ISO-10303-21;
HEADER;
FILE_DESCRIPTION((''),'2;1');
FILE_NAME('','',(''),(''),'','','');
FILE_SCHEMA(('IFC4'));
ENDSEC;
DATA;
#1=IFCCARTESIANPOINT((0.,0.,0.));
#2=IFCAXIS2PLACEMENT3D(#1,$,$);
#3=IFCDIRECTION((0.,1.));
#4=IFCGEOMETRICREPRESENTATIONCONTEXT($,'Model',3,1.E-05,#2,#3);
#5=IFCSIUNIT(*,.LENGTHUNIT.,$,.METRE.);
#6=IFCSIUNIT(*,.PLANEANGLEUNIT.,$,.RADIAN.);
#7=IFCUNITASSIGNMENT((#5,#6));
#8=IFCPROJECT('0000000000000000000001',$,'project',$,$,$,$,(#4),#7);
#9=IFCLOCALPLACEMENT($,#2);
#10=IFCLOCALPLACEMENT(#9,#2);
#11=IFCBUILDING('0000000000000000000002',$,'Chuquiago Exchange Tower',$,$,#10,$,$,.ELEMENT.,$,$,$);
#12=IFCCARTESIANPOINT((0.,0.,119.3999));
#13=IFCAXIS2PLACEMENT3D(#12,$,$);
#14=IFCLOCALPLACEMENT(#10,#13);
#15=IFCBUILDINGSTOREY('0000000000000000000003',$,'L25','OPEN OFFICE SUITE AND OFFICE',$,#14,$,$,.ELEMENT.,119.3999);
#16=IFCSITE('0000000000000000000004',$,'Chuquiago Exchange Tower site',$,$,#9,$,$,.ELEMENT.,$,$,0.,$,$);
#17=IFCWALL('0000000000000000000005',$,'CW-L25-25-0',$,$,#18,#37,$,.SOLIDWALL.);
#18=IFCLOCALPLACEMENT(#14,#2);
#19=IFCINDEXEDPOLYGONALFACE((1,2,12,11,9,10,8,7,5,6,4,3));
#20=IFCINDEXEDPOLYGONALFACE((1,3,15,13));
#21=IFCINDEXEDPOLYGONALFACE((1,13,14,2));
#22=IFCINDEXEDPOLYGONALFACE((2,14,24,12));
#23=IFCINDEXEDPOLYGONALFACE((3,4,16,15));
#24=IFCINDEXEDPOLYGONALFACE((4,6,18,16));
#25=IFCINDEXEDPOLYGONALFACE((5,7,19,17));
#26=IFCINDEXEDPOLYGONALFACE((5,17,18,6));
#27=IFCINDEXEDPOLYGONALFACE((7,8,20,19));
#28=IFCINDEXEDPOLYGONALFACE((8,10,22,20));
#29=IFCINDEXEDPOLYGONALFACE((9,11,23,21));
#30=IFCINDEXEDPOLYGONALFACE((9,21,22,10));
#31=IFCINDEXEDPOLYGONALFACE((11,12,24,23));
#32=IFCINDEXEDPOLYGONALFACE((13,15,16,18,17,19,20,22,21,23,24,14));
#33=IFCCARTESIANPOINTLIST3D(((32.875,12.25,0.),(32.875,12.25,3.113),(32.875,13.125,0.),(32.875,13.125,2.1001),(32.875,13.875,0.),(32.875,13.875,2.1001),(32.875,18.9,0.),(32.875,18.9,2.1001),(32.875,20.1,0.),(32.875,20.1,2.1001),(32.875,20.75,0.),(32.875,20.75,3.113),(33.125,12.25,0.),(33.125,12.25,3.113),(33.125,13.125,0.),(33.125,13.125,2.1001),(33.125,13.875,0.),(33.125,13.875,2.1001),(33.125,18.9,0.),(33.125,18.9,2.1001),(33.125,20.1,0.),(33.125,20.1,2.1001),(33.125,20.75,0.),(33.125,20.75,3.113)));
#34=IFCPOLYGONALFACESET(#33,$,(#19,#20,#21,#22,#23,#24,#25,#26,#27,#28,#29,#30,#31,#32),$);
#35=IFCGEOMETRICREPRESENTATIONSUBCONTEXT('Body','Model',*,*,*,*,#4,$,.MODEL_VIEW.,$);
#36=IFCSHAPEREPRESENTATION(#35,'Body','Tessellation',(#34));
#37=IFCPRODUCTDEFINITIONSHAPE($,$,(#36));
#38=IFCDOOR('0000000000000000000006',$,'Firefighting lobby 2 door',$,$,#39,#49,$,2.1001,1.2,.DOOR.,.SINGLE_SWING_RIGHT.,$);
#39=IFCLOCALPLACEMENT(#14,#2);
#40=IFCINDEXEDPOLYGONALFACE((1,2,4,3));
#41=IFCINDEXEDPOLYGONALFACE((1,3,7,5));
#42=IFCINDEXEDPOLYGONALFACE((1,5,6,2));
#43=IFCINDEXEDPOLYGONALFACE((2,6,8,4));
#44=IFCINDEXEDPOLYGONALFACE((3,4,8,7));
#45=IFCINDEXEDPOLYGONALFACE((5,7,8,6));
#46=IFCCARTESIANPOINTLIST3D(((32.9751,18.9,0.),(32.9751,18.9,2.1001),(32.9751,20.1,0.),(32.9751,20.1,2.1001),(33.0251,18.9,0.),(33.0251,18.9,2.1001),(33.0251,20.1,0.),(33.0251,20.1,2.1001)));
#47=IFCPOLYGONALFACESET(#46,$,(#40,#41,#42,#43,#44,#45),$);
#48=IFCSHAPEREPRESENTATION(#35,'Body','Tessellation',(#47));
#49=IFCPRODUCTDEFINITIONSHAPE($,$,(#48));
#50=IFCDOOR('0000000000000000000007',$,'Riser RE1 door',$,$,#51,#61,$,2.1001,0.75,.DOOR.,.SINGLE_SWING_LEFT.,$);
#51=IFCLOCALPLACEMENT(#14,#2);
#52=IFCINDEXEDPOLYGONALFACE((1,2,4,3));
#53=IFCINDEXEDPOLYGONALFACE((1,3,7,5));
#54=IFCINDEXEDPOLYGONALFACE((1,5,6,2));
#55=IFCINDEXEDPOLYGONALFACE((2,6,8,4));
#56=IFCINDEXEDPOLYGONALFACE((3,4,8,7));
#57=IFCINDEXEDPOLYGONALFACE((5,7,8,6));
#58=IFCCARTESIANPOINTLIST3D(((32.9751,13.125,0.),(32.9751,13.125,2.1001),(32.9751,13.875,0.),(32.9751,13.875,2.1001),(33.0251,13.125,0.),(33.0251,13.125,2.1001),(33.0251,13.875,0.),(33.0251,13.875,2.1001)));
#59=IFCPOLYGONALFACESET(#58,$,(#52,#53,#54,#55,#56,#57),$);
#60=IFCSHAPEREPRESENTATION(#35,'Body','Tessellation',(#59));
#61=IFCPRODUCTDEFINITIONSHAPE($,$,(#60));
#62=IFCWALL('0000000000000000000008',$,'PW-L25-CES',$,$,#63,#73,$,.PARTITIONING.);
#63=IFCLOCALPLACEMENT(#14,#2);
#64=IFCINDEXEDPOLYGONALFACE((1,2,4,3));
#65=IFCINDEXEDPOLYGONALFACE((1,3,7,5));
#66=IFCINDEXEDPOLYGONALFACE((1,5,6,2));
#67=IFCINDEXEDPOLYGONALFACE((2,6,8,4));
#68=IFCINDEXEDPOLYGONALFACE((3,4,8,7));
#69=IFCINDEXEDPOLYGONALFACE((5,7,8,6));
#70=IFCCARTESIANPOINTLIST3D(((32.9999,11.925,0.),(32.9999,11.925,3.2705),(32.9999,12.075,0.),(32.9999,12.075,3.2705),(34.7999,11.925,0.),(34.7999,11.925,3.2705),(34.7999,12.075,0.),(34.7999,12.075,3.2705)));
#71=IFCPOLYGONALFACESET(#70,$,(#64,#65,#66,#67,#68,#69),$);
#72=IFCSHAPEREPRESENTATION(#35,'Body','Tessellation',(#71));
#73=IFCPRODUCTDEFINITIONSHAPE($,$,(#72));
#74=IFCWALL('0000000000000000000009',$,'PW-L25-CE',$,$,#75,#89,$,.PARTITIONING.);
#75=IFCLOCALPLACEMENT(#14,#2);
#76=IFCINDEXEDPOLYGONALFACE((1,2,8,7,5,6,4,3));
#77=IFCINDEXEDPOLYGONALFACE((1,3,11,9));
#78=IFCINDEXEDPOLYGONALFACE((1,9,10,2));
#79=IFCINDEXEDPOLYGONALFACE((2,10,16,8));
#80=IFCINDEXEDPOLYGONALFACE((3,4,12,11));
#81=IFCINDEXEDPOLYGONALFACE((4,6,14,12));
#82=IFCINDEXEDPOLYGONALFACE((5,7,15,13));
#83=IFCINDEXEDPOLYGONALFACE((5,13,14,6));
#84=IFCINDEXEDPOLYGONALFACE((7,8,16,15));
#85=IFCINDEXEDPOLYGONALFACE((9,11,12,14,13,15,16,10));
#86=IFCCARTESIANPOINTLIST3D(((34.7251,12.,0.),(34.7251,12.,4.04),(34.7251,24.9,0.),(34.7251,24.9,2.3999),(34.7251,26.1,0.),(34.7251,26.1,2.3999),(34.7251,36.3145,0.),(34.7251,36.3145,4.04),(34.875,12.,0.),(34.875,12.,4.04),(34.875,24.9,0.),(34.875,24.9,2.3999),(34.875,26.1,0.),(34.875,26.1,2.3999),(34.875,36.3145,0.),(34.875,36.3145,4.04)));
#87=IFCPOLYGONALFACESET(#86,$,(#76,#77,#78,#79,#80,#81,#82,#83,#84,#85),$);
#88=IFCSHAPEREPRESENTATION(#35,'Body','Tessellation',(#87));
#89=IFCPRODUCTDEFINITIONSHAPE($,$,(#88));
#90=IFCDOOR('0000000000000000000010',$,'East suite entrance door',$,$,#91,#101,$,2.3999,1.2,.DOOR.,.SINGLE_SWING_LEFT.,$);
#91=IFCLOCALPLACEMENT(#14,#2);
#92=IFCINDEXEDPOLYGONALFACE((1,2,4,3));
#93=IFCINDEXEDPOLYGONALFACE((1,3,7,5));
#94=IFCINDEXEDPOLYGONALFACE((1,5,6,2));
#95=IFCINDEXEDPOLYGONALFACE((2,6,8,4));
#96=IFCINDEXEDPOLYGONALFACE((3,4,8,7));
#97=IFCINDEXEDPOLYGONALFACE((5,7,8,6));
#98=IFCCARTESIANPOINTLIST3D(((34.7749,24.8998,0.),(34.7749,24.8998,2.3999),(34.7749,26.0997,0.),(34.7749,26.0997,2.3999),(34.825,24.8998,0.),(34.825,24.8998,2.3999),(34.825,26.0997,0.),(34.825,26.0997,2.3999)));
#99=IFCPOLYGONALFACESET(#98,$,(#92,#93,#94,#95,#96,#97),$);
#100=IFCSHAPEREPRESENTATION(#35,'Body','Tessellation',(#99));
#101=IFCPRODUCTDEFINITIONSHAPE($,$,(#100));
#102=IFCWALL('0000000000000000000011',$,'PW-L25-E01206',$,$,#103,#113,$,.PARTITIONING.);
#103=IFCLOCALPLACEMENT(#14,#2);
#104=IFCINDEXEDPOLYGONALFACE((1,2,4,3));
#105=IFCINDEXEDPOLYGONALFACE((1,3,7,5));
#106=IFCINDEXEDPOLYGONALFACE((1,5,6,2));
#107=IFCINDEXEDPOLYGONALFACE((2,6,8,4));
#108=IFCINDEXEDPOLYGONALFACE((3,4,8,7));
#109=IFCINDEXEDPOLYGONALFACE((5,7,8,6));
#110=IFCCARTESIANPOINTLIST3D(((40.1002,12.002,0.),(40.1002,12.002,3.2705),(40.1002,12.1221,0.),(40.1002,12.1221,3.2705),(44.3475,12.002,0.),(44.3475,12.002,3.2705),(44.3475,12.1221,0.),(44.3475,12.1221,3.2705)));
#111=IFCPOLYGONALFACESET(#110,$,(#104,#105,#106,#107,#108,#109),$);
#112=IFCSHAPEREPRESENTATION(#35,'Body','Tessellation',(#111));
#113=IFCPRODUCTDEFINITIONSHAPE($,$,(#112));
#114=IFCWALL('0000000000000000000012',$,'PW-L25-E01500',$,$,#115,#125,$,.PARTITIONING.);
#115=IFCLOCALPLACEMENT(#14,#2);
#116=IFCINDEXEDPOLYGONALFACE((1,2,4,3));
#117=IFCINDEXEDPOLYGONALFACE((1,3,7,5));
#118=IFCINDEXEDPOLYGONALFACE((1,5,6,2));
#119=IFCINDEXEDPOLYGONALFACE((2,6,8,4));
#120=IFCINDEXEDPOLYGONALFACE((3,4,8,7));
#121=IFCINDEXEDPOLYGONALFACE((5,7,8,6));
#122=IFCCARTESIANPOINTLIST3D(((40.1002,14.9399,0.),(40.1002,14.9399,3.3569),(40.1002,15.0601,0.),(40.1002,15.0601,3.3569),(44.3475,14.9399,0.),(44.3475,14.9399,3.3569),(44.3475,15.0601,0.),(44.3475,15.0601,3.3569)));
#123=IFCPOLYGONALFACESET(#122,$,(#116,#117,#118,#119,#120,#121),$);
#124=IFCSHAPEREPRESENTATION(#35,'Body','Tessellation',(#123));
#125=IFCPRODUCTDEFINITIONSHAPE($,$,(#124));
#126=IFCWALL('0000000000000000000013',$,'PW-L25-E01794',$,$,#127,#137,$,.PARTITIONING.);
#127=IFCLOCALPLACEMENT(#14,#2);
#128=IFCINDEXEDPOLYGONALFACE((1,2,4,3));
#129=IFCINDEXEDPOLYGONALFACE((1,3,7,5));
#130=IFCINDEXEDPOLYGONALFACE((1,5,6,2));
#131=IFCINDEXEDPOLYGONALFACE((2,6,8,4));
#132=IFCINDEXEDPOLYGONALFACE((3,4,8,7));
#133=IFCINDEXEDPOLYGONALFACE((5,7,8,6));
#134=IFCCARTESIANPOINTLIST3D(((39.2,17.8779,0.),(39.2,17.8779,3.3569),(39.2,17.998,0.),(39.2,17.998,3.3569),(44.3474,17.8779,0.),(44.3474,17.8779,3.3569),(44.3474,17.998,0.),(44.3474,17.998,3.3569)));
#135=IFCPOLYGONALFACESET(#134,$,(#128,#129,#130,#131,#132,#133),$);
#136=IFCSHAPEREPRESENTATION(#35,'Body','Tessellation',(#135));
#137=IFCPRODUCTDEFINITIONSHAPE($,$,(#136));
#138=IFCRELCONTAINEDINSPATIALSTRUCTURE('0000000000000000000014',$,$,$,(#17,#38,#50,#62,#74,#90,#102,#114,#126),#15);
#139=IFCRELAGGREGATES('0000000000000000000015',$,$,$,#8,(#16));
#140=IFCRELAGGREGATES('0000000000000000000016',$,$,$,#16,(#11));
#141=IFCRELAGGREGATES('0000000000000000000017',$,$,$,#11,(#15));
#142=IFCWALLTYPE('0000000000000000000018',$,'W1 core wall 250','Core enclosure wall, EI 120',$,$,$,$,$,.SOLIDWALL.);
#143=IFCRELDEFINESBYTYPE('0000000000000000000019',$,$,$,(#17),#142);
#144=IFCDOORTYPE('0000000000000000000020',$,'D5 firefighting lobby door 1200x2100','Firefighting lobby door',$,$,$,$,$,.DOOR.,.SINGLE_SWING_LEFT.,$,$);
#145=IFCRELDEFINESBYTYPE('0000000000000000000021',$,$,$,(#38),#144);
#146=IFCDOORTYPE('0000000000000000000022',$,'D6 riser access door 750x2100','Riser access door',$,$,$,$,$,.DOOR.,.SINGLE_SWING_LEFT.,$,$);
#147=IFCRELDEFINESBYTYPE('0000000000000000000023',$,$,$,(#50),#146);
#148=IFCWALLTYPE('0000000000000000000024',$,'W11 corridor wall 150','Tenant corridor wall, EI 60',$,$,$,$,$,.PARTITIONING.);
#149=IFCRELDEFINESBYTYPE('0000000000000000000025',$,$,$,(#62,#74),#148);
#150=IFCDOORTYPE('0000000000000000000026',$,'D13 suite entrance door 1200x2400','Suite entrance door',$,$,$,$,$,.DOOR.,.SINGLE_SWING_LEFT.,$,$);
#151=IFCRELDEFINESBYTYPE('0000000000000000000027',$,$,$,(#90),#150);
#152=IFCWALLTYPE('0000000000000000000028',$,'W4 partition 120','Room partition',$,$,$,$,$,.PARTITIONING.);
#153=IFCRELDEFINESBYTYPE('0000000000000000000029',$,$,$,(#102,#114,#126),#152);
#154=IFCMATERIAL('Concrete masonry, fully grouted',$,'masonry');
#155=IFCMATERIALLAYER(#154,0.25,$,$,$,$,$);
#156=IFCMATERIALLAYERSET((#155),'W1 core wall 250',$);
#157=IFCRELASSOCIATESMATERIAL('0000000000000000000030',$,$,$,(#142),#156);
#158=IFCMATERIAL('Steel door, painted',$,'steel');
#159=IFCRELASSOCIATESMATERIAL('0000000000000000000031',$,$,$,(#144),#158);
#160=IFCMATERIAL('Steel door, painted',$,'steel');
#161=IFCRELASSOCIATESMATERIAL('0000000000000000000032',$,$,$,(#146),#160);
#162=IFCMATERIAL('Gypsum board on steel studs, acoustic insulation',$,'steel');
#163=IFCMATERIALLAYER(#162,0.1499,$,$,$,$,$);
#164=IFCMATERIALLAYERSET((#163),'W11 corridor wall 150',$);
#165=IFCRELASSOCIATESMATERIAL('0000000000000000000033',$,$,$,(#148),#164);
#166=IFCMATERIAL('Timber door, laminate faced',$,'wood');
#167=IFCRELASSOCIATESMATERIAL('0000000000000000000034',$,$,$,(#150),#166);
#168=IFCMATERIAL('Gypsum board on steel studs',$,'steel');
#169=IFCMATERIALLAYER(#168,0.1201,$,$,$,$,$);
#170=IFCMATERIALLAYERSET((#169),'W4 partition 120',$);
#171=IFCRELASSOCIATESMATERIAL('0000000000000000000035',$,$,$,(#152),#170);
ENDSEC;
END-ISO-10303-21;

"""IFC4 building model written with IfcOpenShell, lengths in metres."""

from ifc_helpers import new_model, si_unit, direction, frame, frame_2d, origin, place, context, subcontext, project, spatial, rectangle, extrude, material, layer, layer_set, type_object, element, fill, save


model = new_model("IFC4")

# Units and contexts
model_context = context("Model", 3, precision=1e-05, world=origin(), true_north=direction((0.0, 1.0)))
body_context = subcontext(model_context, "Body", "Model", "MODEL_VIEW")
ifc_project = project(units=[si_unit("LENGTHUNIT", "METRE"), si_unit("PLANEANGLEUNIT", "RADIAN")], contexts=[model_context])

# Site, building, storey
site_placement = place(None, origin())
site = spatial("IfcSite", under=ifc_project, at=site_placement, Name="Chuquiago Exchange Tower site", CompositionType="ELEMENT", RefElevation=0.0)
building_placement = place(site_placement, origin())
building = spatial("IfcBuilding", under=site, at=building_placement, Name="Chuquiago Exchange Tower", CompositionType="ELEMENT")
storey_placement = place(building_placement, frame((0.0, 0.0, 119.3999)))
storey = spatial("IfcBuildingStorey", under=building, at=storey_placement, Name="L25", Description="OPEN OFFICE SUITE AND OFFICE", CompositionType="ELEMENT", Elevation=119.3999)

# Wall, openings, doors
ifc_material_1 = material(Name="Concrete masonry, fully grouted", Category="masonry")
ifc_layer_1 = layer(ifc_material_1, 0.25)
ifc_layer_set_1 = layer_set([ifc_layer_1], Name="W1 core wall 250")
wall_type_1 = type_object("IfcWallType", Name="W1 core wall 250", Description="Core enclosure wall, EI 120", PredefinedType="SOLIDWALL", material=ifc_layer_set_1)
wall_1_placement = place(storey_placement, frame((33.0, 12.25, 0.0), z_axis=(0.0, 0.0, 1.0), x_axis=(0.0, 1.0, 0.0)))
wall_1 = element("IfcWall", 1, at=wall_1_placement, inside=storey, type_object=wall_type_1, Name="CW-L25-25-0", PredefinedType="SOLIDWALL", context=body_context, shape_type="SweptSolid", body=[
    extrude(rectangle(XDim=8.5, YDim=0.25, at=frame_2d((4.25, 0.0))), origin(), (0.0, 0.0, 1.0), 3.113),
])
opening_1_placement = place(wall_1_placement, frame((6.6499, 0.0, 0.0)))
opening_1 = element("IfcOpeningElement", 2, at=opening_1_placement, cuts=wall_1, PredefinedType="OPENING", context=body_context, shape_type="SweptSolid", body=[
    extrude(rectangle(XDim=1.2, YDim=2.1001, at=frame_2d((0.6001, 1.05))), frame((0.0, 0.135, 0.0), z_axis=(0.0, -1.0, 0.0), x_axis=(1.0, 0.0, 0.0)), (0.0, 0.0, 1.0), 0.27),
])
opening_2_placement = place(wall_1_placement, frame((0.875, 0.0, 0.0)))
opening_2 = element("IfcOpeningElement", 3, at=opening_2_placement, cuts=wall_1, PredefinedType="OPENING", context=body_context, shape_type="SweptSolid", body=[
    extrude(rectangle(XDim=0.75, YDim=2.1001, at=frame_2d((0.375, 1.05))), frame((0.0, 0.135, 0.0), z_axis=(0.0, -1.0, 0.0), x_axis=(1.0, 0.0, 0.0)), (0.0, 0.0, 1.0), 0.27),
])
ifc_material_2 = material(Name="Steel door, painted", Category="steel")
door_type_1 = type_object("IfcDoorType", Name="D5 firefighting lobby door 1200x2100", Description="Firefighting lobby door", OperationType="SINGLE_SWING_LEFT", PredefinedType="DOOR", material=ifc_material_2)
door_1_placement = place(opening_1_placement, origin())
door_1 = element("IfcDoor", 4, at=door_1_placement, inside=storey, type_object=door_type_1, Name="Firefighting lobby 2 door", OperationType="SINGLE_SWING_RIGHT", OverallHeight=2.1001, OverallWidth=1.2, PredefinedType="DOOR", context=body_context, shape_type="SweptSolid", body=[
    extrude(rectangle(XDim=1.2, YDim=2.1001, at=frame_2d((0.6001, 1.05))), frame((0.0, 0.0249, 0.0), z_axis=(0.0, -1.0, 0.0), x_axis=(1.0, 0.0, 0.0)), (0.0, 0.0, 1.0), 0.05),
])
fill(opening_1, door_1)
ifc_material_3 = material(Name="Steel door, painted", Category="steel")
door_type_2 = type_object("IfcDoorType", Name="D6 riser access door 750x2100", Description="Riser access door", OperationType="SINGLE_SWING_LEFT", PredefinedType="DOOR", material=ifc_material_3)
door_2_placement = place(opening_2_placement, origin())
door_2 = element("IfcDoor", 5, at=door_2_placement, inside=storey, type_object=door_type_2, Name="Riser RE1 door", OperationType="SINGLE_SWING_LEFT", OverallHeight=2.1001, OverallWidth=0.75, PredefinedType="DOOR", context=body_context, shape_type="SweptSolid", body=[
    extrude(rectangle(XDim=0.75, YDim=2.1001, at=frame_2d((0.375, 1.05))), frame((0.0, 0.0249, 0.0), z_axis=(0.0, -1.0, 0.0), x_axis=(1.0, 0.0, 0.0)), (0.0, 0.0, 1.0), 0.05),
])
fill(opening_2, door_2)

# Wall
ifc_material_4 = material(Name="Gypsum board on steel studs, acoustic insulation", Category="steel")
ifc_layer_2 = layer(ifc_material_4, 0.1499)
ifc_layer_set_2 = layer_set([ifc_layer_2], Name="W11 corridor wall 150")
wall_type_2 = type_object("IfcWallType", Name="W11 corridor wall 150", Description="Tenant corridor wall, EI 60", PredefinedType="PARTITIONING", material=ifc_layer_set_2)
wall_2_placement = place(storey_placement, frame((33.0, 12.0, 0.0), z_axis=(0.0, 0.0, 1.0), x_axis=(1.0, 0.0, 0.0)))
element("IfcWall", 6, at=wall_2_placement, inside=storey, type_object=wall_type_2, Name="PW-L25-CES", PredefinedType="PARTITIONING", context=body_context, shape_type="SweptSolid", body=[
    extrude(rectangle(XDim=1.8, YDim=0.1499, at=frame_2d((0.8999, 0.0))), origin(), (0.0, 0.0, 1.0), 3.2705),
])

# Wall, opening, door
wall_3_placement = place(storey_placement, frame((34.8, 12.0, 0.0), z_axis=(0.0, 0.0, 1.0), x_axis=(0.0, 1.0, 0.0)))
wall_3 = element("IfcWall", 7, at=wall_3_placement, inside=storey, type_object=wall_type_2, Name="PW-L25-CE", PredefinedType="PARTITIONING", context=body_context, shape_type="SweptSolid", body=[
    extrude(rectangle(XDim=24.3145, YDim=0.1499, at=frame_2d((12.1572, 0.0))), origin(), (0.0, 0.0, 1.0), 4.04),
])
opening_3_placement = place(wall_3_placement, frame((12.8999, 0.0, 0.0)))
opening_3 = element("IfcOpeningElement", 8, at=opening_3_placement, cuts=wall_3, PredefinedType="OPENING", context=body_context, shape_type="SweptSolid", body=[
    extrude(rectangle(XDim=1.2, YDim=2.3999, at=frame_2d((0.6001, 1.2))), frame((0.0, 0.085, 0.0), z_axis=(0.0, -1.0, 0.0), x_axis=(1.0, 0.0, 0.0)), (0.0, 0.0, 1.0), 0.1699),
])
ifc_material_5 = material(Name="Timber door, laminate faced", Category="wood")
door_type_3 = type_object("IfcDoorType", Name="D13 suite entrance door 1200x2400", Description="Suite entrance door", OperationType="SINGLE_SWING_LEFT", PredefinedType="DOOR", material=ifc_material_5)
door_3_placement = place(opening_3_placement, frame((1.2, 0.0, 0.0), z_axis=(0.0, 0.0, 1.0), x_axis=(-1.0, 0.0, 0.0)))
door_3 = element("IfcDoor", 9, at=door_3_placement, inside=storey, type_object=door_type_3, Name="East suite entrance door", OperationType="SINGLE_SWING_LEFT", OverallHeight=2.3999, OverallWidth=1.2, PredefinedType="DOOR", context=body_context, shape_type="SweptSolid", body=[
    extrude(rectangle(XDim=1.2, YDim=2.3999, at=frame_2d((0.6001, 1.2))), frame((0.0, 0.0249, 0.0), z_axis=(0.0, -1.0, 0.0), x_axis=(1.0, 0.0, 0.0)), (0.0, 0.0, 1.0), 0.05),
])
fill(opening_3, door_3)

# Walls
ifc_material_6 = material(Name="Gypsum board on steel studs", Category="steel")
ifc_layer_3 = layer(ifc_material_6, 0.1201)
ifc_layer_set_3 = layer_set([ifc_layer_3], Name="W4 partition 120")
wall_type_3 = type_object("IfcWallType", Name="W4 partition 120", Description="Room partition", PredefinedType="PARTITIONING", material=ifc_layer_set_3)
wall_4_placement = place(storey_placement, frame((44.3474, 12.062, 0.0), z_axis=(0.0, 0.0, 1.0), x_axis=(-1.0, 0.0, 0.0)))
element("IfcWall", 10, at=wall_4_placement, inside=storey, type_object=wall_type_3, Name="PW-L25-E01206", PredefinedType="PARTITIONING", context=body_context, shape_type="SweptSolid", body=[
    extrude(rectangle(XDim=4.2473, YDim=0.1201, at=frame_2d((2.1235, 0.0))), origin(), (0.0, 0.0, 1.0), 3.2705),
])
wall_5_placement = place(storey_placement, frame((44.3474, 15.0, 0.0), z_axis=(0.0, 0.0, 1.0), x_axis=(-1.0, 0.0, 0.0)))
element("IfcWall", 11, at=wall_5_placement, inside=storey, type_object=wall_type_3, Name="PW-L25-E01500", PredefinedType="PARTITIONING", context=body_context, shape_type="SweptSolid", body=[
    extrude(rectangle(XDim=4.2473, YDim=0.1201, at=frame_2d((2.1235, 0.0))), origin(), (0.0, 0.0, 1.0), 3.3569),
])
wall_6_placement = place(storey_placement, frame((44.3474, 17.938, 0.0), z_axis=(0.0, 0.0, 1.0), x_axis=(-1.0, 0.0, 0.0)))
element("IfcWall", 12, at=wall_6_placement, inside=storey, type_object=wall_type_3, Name="PW-L25-E01794", PredefinedType="PARTITIONING", context=body_context, shape_type="SweptSolid", body=[
    extrude(rectangle(XDim=5.1475, YDim=0.1201, at=frame_2d((2.5737, 0.0))), origin(), (0.0, 0.0, 1.0), 3.3569),
])

save(model, "model.ifc")
